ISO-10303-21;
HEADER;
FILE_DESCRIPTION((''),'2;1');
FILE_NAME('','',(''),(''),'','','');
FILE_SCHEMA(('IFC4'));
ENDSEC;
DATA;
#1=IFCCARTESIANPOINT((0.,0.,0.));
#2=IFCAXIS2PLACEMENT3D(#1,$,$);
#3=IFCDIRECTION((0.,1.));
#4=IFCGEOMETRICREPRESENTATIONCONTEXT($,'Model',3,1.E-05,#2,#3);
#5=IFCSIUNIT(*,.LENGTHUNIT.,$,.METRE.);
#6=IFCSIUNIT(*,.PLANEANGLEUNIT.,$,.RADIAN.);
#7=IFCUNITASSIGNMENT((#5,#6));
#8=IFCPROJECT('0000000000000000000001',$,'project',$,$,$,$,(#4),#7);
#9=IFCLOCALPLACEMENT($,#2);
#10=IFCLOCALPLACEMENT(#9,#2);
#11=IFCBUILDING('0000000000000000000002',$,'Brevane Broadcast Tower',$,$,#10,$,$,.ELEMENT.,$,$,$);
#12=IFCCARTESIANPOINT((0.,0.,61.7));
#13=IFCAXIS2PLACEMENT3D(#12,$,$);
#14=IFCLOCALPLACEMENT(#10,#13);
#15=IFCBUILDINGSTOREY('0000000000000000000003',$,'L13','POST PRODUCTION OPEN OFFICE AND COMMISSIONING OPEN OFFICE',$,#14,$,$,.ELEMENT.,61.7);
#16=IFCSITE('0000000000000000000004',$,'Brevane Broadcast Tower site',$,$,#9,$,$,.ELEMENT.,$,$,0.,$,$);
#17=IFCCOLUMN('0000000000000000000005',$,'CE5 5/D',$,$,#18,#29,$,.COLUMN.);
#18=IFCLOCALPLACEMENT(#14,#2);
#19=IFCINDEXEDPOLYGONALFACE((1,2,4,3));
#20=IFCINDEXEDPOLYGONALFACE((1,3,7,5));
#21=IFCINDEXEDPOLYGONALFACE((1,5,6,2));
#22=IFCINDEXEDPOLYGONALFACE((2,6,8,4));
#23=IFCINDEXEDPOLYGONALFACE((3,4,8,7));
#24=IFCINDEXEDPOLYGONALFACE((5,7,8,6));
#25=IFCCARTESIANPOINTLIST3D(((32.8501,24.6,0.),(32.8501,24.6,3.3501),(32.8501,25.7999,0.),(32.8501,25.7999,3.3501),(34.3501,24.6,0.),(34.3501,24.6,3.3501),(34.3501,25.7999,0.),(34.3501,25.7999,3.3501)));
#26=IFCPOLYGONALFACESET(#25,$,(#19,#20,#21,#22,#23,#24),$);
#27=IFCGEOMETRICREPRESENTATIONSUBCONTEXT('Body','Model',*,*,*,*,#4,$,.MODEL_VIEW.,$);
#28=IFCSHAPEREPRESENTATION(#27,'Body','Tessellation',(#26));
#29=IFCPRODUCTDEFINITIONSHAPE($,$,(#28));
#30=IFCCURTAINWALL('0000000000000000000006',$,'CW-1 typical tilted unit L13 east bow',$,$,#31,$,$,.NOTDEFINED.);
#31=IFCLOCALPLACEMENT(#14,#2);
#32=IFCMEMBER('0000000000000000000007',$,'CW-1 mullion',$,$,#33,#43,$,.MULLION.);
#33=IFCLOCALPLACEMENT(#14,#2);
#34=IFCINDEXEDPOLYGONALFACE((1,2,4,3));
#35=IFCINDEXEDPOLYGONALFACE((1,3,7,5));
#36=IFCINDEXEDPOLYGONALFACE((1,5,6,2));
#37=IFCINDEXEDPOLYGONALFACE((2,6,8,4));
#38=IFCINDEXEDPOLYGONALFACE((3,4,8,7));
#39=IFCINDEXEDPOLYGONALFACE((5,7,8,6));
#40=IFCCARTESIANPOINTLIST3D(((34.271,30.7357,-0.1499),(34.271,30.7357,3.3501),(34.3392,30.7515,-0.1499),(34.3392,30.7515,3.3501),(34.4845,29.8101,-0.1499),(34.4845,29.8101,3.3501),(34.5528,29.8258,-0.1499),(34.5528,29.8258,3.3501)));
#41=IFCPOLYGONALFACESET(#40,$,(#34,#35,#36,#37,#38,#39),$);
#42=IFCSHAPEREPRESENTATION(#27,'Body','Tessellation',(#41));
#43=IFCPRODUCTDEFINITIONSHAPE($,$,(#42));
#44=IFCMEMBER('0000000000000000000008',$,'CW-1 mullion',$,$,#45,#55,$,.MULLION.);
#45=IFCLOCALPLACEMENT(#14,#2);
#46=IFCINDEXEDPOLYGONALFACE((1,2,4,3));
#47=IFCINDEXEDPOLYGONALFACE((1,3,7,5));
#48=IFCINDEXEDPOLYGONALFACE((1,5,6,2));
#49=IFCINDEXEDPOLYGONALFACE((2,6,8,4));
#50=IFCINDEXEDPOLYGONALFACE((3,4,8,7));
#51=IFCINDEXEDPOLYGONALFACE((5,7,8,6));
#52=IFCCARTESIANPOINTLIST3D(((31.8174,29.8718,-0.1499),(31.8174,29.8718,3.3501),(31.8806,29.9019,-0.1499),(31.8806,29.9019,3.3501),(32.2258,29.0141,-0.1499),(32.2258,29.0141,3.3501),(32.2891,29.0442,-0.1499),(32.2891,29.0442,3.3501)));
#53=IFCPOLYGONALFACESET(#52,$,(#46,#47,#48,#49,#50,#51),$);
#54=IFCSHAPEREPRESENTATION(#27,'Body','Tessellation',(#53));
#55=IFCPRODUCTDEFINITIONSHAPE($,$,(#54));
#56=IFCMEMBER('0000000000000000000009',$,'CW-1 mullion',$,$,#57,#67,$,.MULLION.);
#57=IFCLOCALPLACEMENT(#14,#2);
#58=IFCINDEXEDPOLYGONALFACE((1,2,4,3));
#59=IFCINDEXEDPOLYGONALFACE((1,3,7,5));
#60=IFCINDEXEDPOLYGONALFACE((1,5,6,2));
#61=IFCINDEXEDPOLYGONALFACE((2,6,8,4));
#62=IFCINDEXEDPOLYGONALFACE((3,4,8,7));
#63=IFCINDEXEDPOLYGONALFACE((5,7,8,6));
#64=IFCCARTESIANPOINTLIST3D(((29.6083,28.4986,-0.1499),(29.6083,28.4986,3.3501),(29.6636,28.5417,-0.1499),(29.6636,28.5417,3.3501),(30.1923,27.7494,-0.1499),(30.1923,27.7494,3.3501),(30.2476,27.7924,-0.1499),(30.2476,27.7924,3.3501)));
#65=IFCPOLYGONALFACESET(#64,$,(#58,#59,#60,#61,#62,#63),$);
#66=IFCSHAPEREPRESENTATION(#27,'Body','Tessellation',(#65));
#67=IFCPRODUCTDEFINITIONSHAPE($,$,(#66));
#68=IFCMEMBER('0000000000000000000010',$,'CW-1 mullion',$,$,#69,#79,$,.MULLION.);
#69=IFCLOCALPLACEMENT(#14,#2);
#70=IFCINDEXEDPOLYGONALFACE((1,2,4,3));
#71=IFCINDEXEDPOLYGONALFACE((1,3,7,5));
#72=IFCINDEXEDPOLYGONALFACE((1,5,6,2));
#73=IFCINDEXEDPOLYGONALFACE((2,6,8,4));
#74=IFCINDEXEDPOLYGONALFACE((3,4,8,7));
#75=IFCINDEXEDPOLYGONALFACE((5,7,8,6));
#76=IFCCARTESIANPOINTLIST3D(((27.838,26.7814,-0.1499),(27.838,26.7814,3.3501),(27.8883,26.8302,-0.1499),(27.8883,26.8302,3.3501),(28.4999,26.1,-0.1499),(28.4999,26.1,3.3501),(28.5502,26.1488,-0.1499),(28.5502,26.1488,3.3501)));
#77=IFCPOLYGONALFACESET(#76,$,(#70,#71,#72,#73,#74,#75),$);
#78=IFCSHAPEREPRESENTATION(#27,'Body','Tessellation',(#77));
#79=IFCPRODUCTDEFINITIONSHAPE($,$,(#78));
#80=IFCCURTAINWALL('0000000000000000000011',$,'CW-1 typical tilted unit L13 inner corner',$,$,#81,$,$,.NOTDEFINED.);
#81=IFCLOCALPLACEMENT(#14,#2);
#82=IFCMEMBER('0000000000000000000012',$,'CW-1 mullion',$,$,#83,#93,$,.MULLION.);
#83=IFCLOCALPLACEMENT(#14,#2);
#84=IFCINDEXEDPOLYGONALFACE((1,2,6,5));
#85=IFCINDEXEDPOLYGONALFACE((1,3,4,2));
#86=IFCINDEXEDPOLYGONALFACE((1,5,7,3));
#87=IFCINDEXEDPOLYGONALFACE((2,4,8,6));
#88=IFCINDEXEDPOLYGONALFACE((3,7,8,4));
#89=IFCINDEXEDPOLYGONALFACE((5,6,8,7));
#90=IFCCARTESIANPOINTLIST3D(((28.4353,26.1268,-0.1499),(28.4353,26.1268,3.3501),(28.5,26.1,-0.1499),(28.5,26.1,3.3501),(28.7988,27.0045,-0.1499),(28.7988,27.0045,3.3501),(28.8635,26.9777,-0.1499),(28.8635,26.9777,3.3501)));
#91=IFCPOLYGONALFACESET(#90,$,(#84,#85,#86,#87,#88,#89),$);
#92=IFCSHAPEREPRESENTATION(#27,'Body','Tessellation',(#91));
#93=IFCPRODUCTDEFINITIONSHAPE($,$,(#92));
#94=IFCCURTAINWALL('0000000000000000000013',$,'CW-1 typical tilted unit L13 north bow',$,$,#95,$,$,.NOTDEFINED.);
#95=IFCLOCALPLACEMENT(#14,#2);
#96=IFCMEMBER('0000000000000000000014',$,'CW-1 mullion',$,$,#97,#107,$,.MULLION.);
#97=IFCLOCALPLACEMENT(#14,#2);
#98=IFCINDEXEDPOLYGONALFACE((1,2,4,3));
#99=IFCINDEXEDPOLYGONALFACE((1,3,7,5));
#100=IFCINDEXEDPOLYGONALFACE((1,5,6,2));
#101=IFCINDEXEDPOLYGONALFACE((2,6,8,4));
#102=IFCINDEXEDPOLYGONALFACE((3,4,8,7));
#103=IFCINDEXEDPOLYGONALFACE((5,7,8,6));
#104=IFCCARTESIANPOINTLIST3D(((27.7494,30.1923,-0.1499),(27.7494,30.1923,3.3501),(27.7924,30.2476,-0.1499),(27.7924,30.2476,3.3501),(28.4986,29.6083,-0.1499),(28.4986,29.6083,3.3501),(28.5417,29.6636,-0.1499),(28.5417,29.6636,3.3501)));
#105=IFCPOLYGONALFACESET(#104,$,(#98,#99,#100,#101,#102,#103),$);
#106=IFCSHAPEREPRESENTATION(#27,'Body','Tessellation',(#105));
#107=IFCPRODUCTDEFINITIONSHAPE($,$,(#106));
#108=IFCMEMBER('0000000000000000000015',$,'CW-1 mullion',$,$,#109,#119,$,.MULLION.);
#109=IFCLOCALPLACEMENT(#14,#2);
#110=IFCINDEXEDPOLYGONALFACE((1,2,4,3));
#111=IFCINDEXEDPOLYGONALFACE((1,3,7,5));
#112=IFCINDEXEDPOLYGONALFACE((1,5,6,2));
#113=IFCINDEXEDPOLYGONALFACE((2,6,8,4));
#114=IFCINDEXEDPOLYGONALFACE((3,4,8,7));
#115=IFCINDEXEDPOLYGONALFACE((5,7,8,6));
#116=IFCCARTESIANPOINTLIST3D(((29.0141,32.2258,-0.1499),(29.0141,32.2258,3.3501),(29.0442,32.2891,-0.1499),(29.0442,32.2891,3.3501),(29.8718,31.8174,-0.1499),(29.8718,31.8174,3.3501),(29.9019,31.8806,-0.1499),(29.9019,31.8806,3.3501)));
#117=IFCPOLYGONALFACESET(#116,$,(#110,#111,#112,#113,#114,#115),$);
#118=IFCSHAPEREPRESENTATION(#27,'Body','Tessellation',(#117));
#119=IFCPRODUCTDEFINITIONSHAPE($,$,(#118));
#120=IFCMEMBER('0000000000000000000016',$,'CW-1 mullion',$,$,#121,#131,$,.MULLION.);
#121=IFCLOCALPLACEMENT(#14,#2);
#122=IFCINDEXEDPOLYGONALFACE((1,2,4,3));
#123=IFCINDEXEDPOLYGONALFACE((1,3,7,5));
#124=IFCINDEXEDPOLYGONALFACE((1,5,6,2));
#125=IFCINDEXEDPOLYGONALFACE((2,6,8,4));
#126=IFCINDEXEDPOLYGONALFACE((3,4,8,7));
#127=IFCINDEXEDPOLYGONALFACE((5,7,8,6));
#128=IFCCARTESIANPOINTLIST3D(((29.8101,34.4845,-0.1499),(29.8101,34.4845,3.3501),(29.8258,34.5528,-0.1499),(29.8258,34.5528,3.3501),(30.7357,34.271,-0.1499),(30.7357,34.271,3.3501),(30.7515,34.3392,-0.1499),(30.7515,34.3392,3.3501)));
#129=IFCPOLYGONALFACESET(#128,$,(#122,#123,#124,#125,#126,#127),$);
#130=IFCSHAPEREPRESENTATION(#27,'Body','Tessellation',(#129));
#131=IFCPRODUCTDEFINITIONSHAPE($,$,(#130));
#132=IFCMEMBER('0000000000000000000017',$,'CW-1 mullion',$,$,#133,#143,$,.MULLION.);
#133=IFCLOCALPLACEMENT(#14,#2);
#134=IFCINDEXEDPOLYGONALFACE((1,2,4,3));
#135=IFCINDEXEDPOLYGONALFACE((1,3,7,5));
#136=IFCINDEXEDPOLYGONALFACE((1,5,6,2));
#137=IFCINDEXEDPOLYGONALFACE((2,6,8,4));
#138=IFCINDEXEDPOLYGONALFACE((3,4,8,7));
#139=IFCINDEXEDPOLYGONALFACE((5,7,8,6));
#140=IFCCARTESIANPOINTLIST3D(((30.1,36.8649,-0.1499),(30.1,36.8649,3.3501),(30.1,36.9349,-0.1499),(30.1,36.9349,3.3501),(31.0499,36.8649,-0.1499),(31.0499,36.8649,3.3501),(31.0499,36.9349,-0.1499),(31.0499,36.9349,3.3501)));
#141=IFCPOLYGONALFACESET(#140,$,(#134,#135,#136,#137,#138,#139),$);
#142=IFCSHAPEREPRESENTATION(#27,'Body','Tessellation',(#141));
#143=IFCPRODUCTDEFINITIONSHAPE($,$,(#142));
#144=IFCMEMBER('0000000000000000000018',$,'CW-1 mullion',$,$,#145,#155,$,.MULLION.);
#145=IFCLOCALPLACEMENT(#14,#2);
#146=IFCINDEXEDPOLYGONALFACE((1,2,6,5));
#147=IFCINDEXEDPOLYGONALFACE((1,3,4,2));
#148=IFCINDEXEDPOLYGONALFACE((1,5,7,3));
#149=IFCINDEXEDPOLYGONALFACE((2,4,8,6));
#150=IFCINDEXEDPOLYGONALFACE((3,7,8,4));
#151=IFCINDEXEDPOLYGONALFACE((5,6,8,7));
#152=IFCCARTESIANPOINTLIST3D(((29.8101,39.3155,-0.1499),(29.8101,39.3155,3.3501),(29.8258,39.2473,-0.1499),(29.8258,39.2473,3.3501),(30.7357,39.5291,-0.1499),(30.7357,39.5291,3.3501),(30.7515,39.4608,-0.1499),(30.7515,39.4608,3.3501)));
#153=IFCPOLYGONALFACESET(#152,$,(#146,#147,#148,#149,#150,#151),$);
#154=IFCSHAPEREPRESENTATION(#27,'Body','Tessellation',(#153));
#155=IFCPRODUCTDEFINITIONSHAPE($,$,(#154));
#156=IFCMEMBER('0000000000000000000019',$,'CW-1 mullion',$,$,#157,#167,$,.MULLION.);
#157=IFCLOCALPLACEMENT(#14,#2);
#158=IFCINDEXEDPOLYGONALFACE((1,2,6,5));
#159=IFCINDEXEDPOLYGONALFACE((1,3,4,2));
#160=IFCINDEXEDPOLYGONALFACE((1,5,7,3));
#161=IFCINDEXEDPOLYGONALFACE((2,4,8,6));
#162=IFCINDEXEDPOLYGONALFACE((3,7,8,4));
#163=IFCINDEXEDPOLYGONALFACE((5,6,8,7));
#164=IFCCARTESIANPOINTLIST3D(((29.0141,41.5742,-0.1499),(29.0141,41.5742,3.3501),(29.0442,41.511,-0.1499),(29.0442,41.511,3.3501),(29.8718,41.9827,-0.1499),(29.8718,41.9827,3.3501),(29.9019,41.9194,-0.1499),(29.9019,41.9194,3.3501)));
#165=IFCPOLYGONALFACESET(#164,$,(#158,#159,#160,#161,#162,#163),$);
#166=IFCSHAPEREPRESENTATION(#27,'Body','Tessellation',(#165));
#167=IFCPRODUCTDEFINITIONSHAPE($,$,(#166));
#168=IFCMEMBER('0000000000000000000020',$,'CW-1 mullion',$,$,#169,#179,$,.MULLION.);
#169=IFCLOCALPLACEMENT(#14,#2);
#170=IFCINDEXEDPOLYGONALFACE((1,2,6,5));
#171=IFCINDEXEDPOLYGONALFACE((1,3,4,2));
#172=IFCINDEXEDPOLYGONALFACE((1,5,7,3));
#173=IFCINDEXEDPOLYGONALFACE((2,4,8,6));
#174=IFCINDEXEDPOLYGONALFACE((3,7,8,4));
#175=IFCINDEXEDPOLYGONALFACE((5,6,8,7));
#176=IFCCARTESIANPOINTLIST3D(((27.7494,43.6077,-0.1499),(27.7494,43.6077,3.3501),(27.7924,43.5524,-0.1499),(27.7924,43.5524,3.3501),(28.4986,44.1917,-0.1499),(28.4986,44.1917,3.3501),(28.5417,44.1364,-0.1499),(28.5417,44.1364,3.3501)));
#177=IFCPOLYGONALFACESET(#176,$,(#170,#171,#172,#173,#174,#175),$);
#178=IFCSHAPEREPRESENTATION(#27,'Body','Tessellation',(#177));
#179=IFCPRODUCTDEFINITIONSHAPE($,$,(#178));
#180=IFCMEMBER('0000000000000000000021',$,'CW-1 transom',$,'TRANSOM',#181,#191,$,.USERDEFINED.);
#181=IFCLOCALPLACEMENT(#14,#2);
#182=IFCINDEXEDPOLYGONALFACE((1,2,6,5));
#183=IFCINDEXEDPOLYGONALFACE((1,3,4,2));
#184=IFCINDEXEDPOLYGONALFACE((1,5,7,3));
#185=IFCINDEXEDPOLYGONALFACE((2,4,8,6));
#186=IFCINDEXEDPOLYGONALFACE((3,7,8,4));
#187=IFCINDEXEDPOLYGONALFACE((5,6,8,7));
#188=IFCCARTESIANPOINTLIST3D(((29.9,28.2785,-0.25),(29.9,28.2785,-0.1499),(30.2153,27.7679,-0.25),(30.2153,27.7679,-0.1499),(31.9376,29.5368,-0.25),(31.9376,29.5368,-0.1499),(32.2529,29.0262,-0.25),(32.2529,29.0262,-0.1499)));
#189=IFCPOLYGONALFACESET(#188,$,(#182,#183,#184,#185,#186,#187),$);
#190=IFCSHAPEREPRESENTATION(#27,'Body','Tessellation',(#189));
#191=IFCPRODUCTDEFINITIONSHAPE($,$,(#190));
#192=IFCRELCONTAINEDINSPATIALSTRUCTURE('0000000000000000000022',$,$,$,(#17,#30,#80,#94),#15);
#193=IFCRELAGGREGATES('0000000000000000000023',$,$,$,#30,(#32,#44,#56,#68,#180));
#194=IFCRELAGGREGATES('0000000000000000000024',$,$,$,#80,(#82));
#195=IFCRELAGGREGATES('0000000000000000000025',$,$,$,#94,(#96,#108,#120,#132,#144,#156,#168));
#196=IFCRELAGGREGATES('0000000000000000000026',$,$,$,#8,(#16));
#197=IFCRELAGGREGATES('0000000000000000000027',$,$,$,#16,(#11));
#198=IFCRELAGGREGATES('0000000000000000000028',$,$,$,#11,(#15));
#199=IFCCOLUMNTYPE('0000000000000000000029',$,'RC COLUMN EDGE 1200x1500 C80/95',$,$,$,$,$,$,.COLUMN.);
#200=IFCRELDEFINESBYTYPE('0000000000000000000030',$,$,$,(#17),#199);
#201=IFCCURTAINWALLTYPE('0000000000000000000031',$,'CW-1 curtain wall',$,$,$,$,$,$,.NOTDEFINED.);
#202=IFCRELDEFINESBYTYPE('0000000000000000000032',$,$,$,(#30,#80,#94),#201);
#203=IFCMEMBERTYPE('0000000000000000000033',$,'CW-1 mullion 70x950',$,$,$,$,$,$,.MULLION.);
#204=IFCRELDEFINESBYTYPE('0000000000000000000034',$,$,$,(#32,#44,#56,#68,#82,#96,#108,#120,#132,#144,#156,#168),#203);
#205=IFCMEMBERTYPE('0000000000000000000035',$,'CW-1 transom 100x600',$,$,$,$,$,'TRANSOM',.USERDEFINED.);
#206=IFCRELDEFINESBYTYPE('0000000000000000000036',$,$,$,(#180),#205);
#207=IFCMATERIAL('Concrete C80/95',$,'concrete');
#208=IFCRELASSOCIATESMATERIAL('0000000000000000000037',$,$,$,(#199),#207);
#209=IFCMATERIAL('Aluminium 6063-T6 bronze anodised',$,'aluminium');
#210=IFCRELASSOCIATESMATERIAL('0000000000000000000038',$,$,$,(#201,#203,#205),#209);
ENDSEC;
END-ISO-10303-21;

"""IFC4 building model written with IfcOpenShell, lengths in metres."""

from ifc_helpers import new_model, si_unit, direction, frame, origin, origin_2d, place, context, subcontext, project, spatial, rectangle, extrude, material, material_profile, profile_set, type_object, element, aggregate, save


model = new_model("IFC4")

# Units and contexts
model_context = context("Model", 3, precision=1e-05, world=origin(), true_north=direction((0.0, 1.0)))
body_context = subcontext(model_context, "Body", "Model", "MODEL_VIEW")
ifc_project = project(units=[si_unit("LENGTHUNIT", "METRE"), si_unit("PLANEANGLEUNIT", "RADIAN")], contexts=[model_context])

# Site, building, storey
site_placement = place(None, origin())
site = spatial("IfcSite", under=ifc_project, at=site_placement, Name="Brevane Broadcast Tower site", CompositionType="ELEMENT", RefElevation=0.0)
building_placement = place(site_placement, origin())
building = spatial("IfcBuilding", under=site, at=building_placement, Name="Brevane Broadcast Tower", CompositionType="ELEMENT")
storey_placement = place(building_placement, frame((0.0, 0.0, 61.7)))
storey = spatial("IfcBuildingStorey", under=building, at=storey_placement, Name="L13", Description="POST PRODUCTION OPEN OFFICE AND COMMISSIONING OPEN OFFICE", CompositionType="ELEMENT", Elevation=61.7)

# Column
ifc_material_1 = material(Name="Concrete C80/95", Category="concrete")
ifc_material_profile_1 = material_profile(ifc_material_1, rectangle(XDim=1.2, YDim=1.5, at=origin_2d()), Name="RC 1200x1500")
ifc_profile_set_1 = profile_set([ifc_material_profile_1], Name="Concrete C80/95")
column_type = type_object("IfcColumnType", Name="RC COLUMN EDGE 1200x1500 C80/95", PredefinedType="COLUMN", material=ifc_profile_set_1)
column_placement = place(storey_placement, frame((33.6001, 25.2, 0.0), z_axis=(0.0, 0.0, 1.0), x_axis=(0.0, 1.0, 0.0)))
element("IfcColumn", 1, at=column_placement, inside=storey, type_object=column_type, Name="CE5 5/D", PredefinedType="COLUMN", context=body_context, shape_type="SweptSolid", body=[
    extrude(rectangle(XDim=1.2, YDim=1.5, at=origin_2d()), origin(), (0.0, 0.0, 1.0), 3.3501),
])

# Curtain wall, members
ifc_material_2 = material(Name="Aluminium 6063-T6 bronze anodised", Category="aluminium")
curtain_wall_type = type_object("IfcCurtainWallType", Name="CW-1 curtain wall", PredefinedType="NOTDEFINED", material=ifc_material_2)
curtain_wall_1_placement = place(storey_placement, origin())
curtain_wall_1 = element("IfcCurtainWall", 2, at=curtain_wall_1_placement, inside=storey, type_object=curtain_wall_type, Name="CW-1 typical tilted unit L13 east bow", PredefinedType="NOTDEFINED")
ifc_material_profile_2 = material_profile(ifc_material_2, rectangle(XDim=0.95, YDim=0.0701, at=origin_2d()), Name="RECT 70x950")
ifc_profile_set_2 = profile_set([ifc_material_profile_2], Name="Aluminium 6063-T6 bronze anodised")
member_type_1 = type_object("IfcMemberType", Name="CW-1 mullion 70x950", PredefinedType="MULLION", material=ifc_profile_set_2)
member_1_placement = place(storey_placement, frame((34.4119, 30.2808, -0.1499), z_axis=(0.0, 0.0, 1.0), x_axis=(0.224806, -0.974403, 0.0)))
member_1 = element("IfcMember", 3, at=member_1_placement, type_object=member_type_1, Name="CW-1 mullion", PredefinedType="MULLION", context=body_context, shape_type="SweptSolid", body=[
    extrude(rectangle(XDim=0.95, YDim=0.0701, at=origin_2d()), origin(), (0.0, 0.0, 1.0), 3.5),
])
member_2_placement = place(storey_placement, frame((32.0532, 29.458, -0.1499), z_axis=(0.0, 0.0, 1.0), x_axis=(0.429934, -0.902861, 0.0)))
member_2 = element("IfcMember", 4, at=member_2_placement, type_object=member_type_1, Name="CW-1 mullion", PredefinedType="MULLION", context=body_context, shape_type="SweptSolid", body=[
    extrude(rectangle(XDim=0.95, YDim=0.0701, at=origin_2d()), origin(), (0.0, 0.0, 1.0), 3.5),
])
member_3_placement = place(storey_placement, frame((29.928, 28.1455, -0.1499), z_axis=(0.0, 0.0, 1.0), x_axis=(0.61477, -0.788707, 0.0)))
member_3 = element("IfcMember", 5, at=member_3_placement, type_object=member_type_1, Name="CW-1 mullion", PredefinedType="MULLION", context=body_context, shape_type="SweptSolid", body=[
    extrude(rectangle(XDim=0.95, YDim=0.0701, at=origin_2d()), origin(), (0.0, 0.0, 1.0), 3.5),
])
member_4_placement = place(storey_placement, frame((28.1941, 26.4651, -0.1499), z_axis=(0.0, 0.0, 1.0), x_axis=(0.696812, -0.717254, 0.0)))
member_4 = element("IfcMember", 6, at=member_4_placement, type_object=member_type_1, Name="CW-1 mullion", PredefinedType="MULLION", context=body_context, shape_type="SweptSolid", body=[
    extrude(rectangle(XDim=0.95, YDim=0.0701, at=origin_2d()), origin(), (0.0, 0.0, 1.0), 3.5),
])

# Curtain wall, member
curtain_wall_2_placement = place(storey_placement, origin())
curtain_wall_2 = element("IfcCurtainWall", 7, at=curtain_wall_2_placement, inside=storey, type_object=curtain_wall_type, Name="CW-1 typical tilted unit L13 inner corner", PredefinedType="NOTDEFINED")
member_5_placement = place(storey_placement, frame((28.6494, 26.5522, -0.1499), z_axis=(0.0, 0.0, 1.0), x_axis=(-0.382684, -0.923879, 0.0)))
member_5 = element("IfcMember", 8, at=member_5_placement, type_object=member_type_1, Name="CW-1 mullion", PredefinedType="MULLION", context=body_context, shape_type="SweptSolid", body=[
    extrude(rectangle(XDim=0.95, YDim=0.0701, at=origin_2d()), origin(), (0.0, 0.0, 1.0), 3.5),
])

# Curtain wall, members
curtain_wall_3_placement = place(storey_placement, origin())
curtain_wall_3 = element("IfcCurtainWall", 9, at=curtain_wall_3_placement, inside=storey, type_object=curtain_wall_type, Name="CW-1 typical tilted unit L13 north bow", PredefinedType="NOTDEFINED")
member_6_placement = place(storey_placement, frame((28.1455, 29.928, -0.1499), z_axis=(0.0, 0.0, 1.0), x_axis=(-0.788707, 0.61477, 0.0)))
member_6 = element("IfcMember", 10, at=member_6_placement, type_object=member_type_1, Name="CW-1 mullion", PredefinedType="MULLION", context=body_context, shape_type="SweptSolid", body=[
    extrude(rectangle(XDim=0.95, YDim=0.0701, at=origin_2d()), origin(), (0.0, 0.0, 1.0), 3.5),
])
member_7_placement = place(storey_placement, frame((29.458, 32.0532, -0.1499), z_axis=(0.0, 0.0, 1.0), x_axis=(-0.902861, 0.429934, 0.0)))
member_7 = element("IfcMember", 11, at=member_7_placement, type_object=member_type_1, Name="CW-1 mullion", PredefinedType="MULLION", context=body_context, shape_type="SweptSolid", body=[
    extrude(rectangle(XDim=0.95, YDim=0.0701, at=origin_2d()), origin(), (0.0, 0.0, 1.0), 3.5),
])
member_8_placement = place(storey_placement, frame((30.2808, 34.4119, -0.1499), z_axis=(0.0, 0.0, 1.0), x_axis=(-0.974403, 0.224806, 0.0)))
member_8 = element("IfcMember", 12, at=member_8_placement, type_object=member_type_1, Name="CW-1 mullion", PredefinedType="MULLION", context=body_context, shape_type="SweptSolid", body=[
    extrude(rectangle(XDim=0.95, YDim=0.0701, at=origin_2d()), origin(), (0.0, 0.0, 1.0), 3.5),
])
member_9_placement = place(storey_placement, frame((30.575, 36.8999, -0.1499), z_axis=(0.0, 0.0, 1.0), x_axis=(-1.0, 0.0, 0.0)))
member_9 = element("IfcMember", 13, at=member_9_placement, type_object=member_type_1, Name="CW-1 mullion", PredefinedType="MULLION", context=body_context, shape_type="SweptSolid", body=[
    extrude(rectangle(XDim=0.95, YDim=0.0701, at=origin_2d()), origin(), (0.0, 0.0, 1.0), 3.5),
])
member_10_placement = place(storey_placement, frame((30.2808, 39.3882, -0.1499), z_axis=(0.0, 0.0, 1.0), x_axis=(-0.974403, -0.224806, 0.0)))
member_10 = element("IfcMember", 14, at=member_10_placement, type_object=member_type_1, Name="CW-1 mullion", PredefinedType="MULLION", context=body_context, shape_type="SweptSolid", body=[
    extrude(rectangle(XDim=0.95, YDim=0.0701, at=origin_2d()), origin(), (0.0, 0.0, 1.0), 3.5),
])
member_11_placement = place(storey_placement, frame((29.458, 41.7468, -0.1499), z_axis=(0.0, 0.0, 1.0), x_axis=(-0.902861, -0.429934, 0.0)))
member_11 = element("IfcMember", 15, at=member_11_placement, type_object=member_type_1, Name="CW-1 mullion", PredefinedType="MULLION", context=body_context, shape_type="SweptSolid", body=[
    extrude(rectangle(XDim=0.95, YDim=0.0701, at=origin_2d()), origin(), (0.0, 0.0, 1.0), 3.5),
])
member_12_placement = place(storey_placement, frame((28.1455, 43.8721, -0.1499), z_axis=(0.0, 0.0, 1.0), x_axis=(-0.788707, -0.61477, 0.0)))
member_12 = element("IfcMember", 16, at=member_12_placement, type_object=member_type_1, Name="CW-1 mullion", PredefinedType="MULLION", context=body_context, shape_type="SweptSolid", body=[
    extrude(rectangle(XDim=0.95, YDim=0.0701, at=origin_2d()), origin(), (0.0, 0.0, 1.0), 3.5),
])

# Member
ifc_material_profile_3 = material_profile(ifc_material_2, rectangle(XDim=0.6001, YDim=0.1001, at=origin_2d()), Name="RECT 100x600")
ifc_profile_set_3 = profile_set([ifc_material_profile_3], Name="Aluminium 6063-T6 bronze anodised")
member_type_2 = type_object("IfcMemberType", Name="CW-1 transom 100x600", ElementType="TRANSOM", PredefinedType="USERDEFINED", material=ifc_profile_set_3)
member_13_placement = place(storey_placement, frame((32.0952, 29.2815, -0.2), z_axis=(-0.850838, -0.525428, 0.0), x_axis=(0.525428, -0.850838, 0.0)))
member_13 = element("IfcMember", 17, at=member_13_placement, type_object=member_type_2, Name="CW-1 transom", ObjectType="TRANSOM", PredefinedType="USERDEFINED", context=body_context, shape_type="SweptSolid", body=[
    extrude(rectangle(XDim=0.6001, YDim=0.1001, at=origin_2d()), origin(), (0.0, 0.0, 1.0), 2.3948),
])
aggregate(curtain_wall_1, [member_1, member_2, member_3, member_4, member_13])
aggregate(curtain_wall_2, [member_5])
aggregate(curtain_wall_3, [member_6, member_7, member_8, member_9, member_10, member_11, member_12])

save(model, "model.ifc")
